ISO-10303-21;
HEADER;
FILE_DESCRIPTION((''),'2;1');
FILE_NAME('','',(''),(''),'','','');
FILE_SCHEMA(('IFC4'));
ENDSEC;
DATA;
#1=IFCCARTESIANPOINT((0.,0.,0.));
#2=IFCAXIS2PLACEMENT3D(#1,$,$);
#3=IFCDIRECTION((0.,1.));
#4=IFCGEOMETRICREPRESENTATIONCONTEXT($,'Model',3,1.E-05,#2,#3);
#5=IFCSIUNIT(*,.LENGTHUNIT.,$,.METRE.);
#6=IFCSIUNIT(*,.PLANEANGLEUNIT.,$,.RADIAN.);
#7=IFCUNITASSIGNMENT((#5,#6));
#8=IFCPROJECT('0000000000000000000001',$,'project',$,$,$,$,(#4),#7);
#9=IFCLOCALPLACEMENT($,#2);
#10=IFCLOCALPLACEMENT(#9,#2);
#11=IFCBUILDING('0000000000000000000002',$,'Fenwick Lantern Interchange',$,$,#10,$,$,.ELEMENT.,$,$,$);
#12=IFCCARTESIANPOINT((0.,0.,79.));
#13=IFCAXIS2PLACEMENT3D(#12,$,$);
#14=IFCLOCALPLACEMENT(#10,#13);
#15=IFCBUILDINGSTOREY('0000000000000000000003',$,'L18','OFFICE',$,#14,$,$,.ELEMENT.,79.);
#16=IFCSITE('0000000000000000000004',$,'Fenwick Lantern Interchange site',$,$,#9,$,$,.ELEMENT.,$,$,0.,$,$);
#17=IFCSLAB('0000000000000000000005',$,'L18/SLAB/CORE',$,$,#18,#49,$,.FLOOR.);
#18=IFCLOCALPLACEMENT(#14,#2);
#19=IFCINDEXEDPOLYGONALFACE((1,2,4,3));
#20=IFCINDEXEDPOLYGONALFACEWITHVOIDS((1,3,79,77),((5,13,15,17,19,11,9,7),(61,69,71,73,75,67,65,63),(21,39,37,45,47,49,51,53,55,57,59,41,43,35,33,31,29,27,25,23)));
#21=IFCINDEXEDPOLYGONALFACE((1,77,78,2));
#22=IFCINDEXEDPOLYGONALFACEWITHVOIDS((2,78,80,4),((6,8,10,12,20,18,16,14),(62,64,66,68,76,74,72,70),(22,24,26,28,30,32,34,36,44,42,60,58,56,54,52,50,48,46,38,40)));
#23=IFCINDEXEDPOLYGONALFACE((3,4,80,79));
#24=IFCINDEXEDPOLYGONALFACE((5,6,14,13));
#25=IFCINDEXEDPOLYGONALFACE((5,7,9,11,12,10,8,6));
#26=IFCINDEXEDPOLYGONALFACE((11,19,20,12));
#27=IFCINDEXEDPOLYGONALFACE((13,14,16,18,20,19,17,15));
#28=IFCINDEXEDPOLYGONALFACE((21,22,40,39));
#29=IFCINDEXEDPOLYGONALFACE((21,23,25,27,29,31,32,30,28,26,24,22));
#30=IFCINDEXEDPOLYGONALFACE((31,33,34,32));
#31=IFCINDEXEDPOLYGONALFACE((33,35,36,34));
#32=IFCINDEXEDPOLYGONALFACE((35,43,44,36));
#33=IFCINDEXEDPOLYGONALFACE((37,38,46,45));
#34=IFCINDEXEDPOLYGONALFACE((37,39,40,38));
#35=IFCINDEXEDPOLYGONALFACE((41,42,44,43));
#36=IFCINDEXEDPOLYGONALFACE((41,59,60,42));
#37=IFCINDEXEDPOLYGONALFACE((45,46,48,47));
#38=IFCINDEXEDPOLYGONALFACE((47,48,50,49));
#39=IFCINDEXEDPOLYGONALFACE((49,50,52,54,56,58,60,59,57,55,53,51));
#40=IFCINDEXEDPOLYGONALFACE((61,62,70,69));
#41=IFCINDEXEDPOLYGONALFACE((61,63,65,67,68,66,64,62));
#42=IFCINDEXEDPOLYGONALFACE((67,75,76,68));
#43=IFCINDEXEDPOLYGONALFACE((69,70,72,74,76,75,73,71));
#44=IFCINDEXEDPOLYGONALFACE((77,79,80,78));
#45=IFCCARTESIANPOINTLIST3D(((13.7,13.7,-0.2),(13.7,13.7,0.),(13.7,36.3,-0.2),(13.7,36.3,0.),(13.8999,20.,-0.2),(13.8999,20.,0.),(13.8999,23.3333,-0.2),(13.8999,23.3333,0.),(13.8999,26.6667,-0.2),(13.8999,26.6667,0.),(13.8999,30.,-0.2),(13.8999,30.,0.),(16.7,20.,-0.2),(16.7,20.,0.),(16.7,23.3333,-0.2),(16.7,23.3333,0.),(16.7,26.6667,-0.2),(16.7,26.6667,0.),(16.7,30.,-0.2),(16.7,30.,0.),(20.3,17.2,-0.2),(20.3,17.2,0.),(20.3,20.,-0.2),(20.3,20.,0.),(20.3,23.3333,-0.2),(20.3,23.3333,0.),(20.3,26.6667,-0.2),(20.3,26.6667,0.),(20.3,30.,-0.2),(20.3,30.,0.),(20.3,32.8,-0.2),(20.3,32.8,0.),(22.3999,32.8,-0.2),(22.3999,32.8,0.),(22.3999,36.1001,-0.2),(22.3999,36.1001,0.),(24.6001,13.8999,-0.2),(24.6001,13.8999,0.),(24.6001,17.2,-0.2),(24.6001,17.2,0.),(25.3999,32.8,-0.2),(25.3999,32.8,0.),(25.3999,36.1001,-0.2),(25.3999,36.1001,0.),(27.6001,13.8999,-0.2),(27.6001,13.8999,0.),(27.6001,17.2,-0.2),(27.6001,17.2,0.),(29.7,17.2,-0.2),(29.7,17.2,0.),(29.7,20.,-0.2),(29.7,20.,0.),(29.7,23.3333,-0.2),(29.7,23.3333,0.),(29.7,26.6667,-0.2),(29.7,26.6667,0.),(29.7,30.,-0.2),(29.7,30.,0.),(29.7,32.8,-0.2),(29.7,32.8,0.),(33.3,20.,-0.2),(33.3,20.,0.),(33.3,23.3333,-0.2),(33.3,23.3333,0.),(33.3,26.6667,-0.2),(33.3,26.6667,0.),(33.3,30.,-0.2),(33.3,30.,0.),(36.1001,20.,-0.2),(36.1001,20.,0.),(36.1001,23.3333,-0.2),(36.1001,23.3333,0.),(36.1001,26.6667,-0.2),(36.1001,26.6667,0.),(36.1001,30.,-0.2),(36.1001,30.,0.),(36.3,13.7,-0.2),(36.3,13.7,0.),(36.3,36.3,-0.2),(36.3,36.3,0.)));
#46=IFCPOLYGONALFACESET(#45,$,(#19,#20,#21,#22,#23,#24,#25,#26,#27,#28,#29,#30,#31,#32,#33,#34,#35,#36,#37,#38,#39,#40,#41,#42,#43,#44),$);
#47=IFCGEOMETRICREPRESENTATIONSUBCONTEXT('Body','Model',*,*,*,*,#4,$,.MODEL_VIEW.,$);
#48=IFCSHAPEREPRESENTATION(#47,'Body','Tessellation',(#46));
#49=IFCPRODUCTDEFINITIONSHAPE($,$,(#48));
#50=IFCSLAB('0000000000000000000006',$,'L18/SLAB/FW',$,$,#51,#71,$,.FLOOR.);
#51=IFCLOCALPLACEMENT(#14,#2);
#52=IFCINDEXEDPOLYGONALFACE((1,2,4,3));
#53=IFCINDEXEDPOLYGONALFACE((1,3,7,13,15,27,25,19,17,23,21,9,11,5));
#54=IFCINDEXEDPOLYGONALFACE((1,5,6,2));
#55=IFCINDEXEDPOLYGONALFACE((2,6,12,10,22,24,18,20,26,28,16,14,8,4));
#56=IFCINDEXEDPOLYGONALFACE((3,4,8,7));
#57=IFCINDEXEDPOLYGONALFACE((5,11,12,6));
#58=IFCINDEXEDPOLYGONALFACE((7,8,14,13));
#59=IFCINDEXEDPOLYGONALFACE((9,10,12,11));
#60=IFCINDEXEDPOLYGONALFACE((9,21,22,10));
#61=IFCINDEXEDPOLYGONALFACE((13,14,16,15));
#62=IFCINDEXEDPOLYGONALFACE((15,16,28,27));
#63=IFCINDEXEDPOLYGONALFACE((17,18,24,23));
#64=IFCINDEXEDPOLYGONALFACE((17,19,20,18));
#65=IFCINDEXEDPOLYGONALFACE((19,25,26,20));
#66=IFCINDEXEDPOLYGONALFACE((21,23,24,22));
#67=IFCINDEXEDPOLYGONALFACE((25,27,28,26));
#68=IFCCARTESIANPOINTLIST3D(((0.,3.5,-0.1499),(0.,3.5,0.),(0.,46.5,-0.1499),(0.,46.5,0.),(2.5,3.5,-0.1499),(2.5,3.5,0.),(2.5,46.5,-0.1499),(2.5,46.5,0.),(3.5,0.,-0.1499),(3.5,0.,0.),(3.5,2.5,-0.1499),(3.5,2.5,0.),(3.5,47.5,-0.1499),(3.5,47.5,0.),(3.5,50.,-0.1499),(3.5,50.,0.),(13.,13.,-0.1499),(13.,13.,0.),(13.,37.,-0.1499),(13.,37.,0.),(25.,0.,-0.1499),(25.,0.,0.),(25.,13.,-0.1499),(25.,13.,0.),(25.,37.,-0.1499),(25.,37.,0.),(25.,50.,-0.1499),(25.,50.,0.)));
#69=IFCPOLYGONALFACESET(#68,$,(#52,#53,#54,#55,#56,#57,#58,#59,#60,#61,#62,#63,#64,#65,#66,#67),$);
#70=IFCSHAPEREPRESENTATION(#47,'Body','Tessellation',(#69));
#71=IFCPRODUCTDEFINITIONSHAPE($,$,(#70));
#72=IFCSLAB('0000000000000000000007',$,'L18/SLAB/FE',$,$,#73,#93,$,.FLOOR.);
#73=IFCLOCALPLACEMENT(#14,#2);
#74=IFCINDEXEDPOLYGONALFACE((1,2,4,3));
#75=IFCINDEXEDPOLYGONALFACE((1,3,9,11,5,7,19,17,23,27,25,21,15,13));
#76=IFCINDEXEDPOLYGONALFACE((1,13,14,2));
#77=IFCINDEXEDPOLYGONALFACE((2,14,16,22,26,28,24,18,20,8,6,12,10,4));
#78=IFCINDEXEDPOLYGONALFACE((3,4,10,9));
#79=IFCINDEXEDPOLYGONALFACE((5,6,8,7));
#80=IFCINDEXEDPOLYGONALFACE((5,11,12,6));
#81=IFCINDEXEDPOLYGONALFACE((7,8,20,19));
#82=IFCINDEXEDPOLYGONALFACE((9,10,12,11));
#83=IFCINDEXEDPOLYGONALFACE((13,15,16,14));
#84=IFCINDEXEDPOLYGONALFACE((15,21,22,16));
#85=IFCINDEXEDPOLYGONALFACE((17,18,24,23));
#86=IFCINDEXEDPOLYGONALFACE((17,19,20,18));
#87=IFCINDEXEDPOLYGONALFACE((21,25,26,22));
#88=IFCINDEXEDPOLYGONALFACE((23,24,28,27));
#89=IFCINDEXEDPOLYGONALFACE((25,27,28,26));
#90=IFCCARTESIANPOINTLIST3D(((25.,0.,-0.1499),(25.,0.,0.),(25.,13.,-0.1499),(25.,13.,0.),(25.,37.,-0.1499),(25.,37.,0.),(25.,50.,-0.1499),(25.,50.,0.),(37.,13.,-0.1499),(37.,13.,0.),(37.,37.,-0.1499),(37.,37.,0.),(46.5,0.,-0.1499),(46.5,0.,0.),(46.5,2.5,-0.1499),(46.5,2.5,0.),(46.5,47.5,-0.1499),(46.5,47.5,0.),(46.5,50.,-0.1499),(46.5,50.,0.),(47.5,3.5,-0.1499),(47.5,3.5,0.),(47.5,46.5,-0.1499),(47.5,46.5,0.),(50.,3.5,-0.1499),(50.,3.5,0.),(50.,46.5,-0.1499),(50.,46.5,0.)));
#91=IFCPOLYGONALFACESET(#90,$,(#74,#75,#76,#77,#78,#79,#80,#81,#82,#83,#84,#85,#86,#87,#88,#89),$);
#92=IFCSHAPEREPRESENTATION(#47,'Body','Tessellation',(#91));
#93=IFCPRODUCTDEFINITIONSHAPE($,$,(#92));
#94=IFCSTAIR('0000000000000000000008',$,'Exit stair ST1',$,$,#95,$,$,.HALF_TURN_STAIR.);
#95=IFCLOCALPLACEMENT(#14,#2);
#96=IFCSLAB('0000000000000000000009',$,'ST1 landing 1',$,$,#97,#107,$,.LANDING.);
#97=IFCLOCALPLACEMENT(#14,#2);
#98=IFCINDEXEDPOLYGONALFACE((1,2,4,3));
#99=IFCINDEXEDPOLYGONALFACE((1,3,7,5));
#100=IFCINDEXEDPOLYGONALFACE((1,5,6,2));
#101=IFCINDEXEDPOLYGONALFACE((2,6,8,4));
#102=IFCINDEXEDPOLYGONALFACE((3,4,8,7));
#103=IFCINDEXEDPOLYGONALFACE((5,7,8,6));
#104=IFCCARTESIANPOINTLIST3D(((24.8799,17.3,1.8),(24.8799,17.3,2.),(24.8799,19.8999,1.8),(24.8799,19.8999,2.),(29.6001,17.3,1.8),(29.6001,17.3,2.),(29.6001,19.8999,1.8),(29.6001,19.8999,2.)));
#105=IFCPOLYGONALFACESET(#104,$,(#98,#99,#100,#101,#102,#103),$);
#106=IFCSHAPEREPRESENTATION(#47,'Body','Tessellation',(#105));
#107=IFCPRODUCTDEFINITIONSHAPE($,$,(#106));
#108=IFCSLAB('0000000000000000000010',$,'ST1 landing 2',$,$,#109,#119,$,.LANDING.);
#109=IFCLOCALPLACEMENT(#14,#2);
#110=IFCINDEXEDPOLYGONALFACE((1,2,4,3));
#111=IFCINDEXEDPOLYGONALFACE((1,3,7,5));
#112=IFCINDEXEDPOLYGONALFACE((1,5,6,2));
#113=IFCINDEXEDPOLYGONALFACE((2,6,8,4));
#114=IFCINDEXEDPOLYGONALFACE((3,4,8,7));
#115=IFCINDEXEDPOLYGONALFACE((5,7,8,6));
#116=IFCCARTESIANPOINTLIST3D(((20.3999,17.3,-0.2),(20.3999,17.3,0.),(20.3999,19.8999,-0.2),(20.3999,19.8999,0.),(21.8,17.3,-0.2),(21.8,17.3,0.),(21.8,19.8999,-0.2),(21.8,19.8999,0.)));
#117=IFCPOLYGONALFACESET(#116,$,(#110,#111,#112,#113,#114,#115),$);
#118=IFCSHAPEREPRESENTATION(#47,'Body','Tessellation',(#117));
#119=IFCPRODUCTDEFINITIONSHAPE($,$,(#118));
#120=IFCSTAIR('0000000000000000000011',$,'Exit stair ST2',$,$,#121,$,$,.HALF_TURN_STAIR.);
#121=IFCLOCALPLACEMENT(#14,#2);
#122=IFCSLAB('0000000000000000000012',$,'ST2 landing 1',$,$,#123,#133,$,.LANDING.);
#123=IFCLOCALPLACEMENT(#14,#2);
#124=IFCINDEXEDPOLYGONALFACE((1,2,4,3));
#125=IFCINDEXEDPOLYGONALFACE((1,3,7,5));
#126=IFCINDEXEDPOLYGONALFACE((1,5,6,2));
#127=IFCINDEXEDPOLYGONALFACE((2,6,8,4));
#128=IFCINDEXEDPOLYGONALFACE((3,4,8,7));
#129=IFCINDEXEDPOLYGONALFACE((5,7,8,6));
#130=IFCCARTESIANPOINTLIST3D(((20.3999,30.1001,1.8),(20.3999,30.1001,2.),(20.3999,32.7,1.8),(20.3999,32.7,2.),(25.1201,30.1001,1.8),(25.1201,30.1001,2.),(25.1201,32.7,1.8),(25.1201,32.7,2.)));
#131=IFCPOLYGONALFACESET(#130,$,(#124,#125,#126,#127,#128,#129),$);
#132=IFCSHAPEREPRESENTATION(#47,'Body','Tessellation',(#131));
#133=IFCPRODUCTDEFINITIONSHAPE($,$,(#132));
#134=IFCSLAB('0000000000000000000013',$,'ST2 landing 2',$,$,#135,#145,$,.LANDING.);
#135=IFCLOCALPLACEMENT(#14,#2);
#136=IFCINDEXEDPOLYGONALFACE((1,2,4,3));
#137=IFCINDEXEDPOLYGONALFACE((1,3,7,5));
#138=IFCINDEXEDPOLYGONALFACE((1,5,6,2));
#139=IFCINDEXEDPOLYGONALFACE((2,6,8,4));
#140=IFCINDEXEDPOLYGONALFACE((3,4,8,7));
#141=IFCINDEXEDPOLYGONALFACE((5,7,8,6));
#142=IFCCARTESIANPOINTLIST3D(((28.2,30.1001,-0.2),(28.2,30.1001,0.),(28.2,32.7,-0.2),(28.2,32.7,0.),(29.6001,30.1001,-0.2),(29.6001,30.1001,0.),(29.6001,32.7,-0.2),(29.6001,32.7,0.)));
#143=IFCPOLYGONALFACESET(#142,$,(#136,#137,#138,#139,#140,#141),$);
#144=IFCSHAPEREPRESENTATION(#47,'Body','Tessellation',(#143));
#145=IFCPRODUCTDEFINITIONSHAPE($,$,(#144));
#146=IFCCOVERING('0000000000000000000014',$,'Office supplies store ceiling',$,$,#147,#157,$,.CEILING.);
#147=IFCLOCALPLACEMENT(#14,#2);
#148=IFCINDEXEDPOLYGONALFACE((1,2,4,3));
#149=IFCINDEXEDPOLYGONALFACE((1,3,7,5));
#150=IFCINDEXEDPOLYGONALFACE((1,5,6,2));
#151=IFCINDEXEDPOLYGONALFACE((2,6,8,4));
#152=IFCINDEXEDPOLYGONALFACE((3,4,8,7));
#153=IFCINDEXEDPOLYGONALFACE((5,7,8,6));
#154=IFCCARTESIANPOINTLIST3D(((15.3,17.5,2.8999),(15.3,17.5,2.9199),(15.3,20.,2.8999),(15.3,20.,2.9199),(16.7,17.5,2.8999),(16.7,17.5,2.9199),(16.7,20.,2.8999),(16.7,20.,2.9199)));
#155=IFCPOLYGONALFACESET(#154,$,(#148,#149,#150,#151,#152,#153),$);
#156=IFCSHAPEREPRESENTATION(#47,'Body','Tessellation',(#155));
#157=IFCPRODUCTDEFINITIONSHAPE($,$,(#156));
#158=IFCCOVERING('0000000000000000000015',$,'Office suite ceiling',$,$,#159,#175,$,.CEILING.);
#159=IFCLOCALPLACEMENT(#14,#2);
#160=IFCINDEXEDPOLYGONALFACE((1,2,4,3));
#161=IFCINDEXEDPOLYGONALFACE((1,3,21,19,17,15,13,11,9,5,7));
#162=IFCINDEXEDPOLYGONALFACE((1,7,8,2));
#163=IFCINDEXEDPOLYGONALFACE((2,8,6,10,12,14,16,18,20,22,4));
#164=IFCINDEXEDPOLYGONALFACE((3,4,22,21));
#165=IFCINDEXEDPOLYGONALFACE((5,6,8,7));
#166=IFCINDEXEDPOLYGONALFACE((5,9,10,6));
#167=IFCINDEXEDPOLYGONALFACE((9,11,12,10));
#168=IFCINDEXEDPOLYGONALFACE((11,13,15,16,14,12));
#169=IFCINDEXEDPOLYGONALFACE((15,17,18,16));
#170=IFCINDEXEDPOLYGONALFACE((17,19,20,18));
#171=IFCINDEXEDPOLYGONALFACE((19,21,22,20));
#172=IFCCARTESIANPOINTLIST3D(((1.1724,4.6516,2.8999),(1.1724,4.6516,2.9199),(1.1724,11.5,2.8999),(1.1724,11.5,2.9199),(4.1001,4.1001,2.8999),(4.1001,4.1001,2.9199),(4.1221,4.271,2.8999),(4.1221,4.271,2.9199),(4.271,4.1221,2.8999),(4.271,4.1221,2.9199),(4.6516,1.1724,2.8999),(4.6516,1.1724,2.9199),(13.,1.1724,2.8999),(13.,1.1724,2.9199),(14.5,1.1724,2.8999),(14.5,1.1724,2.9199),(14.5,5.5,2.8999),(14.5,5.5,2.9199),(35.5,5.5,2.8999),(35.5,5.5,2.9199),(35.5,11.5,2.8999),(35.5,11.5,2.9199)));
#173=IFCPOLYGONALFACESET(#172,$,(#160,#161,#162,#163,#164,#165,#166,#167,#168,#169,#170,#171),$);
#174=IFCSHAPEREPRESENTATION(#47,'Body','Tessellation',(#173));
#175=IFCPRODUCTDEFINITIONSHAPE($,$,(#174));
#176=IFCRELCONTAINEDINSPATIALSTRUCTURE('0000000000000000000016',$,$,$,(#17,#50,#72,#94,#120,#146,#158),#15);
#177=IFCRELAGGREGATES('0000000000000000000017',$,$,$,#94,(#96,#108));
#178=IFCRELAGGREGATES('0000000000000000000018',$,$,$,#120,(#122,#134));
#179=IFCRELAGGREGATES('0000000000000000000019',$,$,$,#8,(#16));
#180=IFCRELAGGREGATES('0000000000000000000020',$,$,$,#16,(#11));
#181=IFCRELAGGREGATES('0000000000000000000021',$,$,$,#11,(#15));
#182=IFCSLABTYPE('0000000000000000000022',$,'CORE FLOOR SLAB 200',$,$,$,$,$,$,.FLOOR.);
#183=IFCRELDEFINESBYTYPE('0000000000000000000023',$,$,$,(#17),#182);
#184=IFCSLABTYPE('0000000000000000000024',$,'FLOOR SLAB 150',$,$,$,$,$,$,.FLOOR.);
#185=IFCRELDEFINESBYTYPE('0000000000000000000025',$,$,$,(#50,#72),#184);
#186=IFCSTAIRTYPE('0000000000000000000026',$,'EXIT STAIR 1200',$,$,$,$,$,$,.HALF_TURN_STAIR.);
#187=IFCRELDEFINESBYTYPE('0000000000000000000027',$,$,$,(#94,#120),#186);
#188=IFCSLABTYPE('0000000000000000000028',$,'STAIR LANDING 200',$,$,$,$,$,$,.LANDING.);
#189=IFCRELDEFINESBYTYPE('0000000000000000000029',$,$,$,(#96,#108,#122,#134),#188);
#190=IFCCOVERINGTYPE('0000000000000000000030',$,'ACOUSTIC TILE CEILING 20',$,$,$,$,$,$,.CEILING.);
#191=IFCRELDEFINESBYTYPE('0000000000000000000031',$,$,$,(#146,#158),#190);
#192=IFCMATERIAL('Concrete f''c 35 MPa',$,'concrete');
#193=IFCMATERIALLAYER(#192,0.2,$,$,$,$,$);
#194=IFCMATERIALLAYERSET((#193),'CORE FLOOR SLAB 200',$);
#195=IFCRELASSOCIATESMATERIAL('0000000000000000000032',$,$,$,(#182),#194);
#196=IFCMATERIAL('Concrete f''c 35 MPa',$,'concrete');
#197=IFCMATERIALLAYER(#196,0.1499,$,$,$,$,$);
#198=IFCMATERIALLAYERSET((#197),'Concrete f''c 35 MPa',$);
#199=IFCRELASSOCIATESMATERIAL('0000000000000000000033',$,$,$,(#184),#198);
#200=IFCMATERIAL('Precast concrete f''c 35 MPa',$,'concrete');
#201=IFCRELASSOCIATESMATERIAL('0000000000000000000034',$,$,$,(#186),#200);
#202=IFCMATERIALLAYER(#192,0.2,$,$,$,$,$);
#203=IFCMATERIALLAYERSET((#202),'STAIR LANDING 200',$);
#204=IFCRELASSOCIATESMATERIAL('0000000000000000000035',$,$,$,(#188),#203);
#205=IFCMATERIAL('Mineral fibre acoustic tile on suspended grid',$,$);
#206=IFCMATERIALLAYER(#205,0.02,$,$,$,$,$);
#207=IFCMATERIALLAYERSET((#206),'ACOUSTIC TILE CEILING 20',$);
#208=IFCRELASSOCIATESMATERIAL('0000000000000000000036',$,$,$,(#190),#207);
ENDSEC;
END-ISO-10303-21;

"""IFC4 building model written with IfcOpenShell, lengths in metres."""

from ifc_helpers import new_model, si_unit, direction, frame, origin, place, context, subcontext, project, spatial, polyline, outline, extrude, material, layer, layer_set, type_object, element, aggregate, save


model = new_model("IFC4")

# Units and contexts
model_context = context("Model", 3, precision=1e-05, world=origin(), true_north=direction((0.0, 1.0)))
body_context = subcontext(model_context, "Body", "Model", "MODEL_VIEW")
ifc_project = project(units=[si_unit("LENGTHUNIT", "METRE"), si_unit("PLANEANGLEUNIT", "RADIAN")], contexts=[model_context])

# Site, building, storey
site_placement = place(None, origin())
site = spatial("IfcSite", under=ifc_project, at=site_placement, Name="Fenwick Lantern Interchange site", CompositionType="ELEMENT", RefElevation=0.0)
building_placement = place(site_placement, origin())
building = spatial("IfcBuilding", under=site, at=building_placement, Name="Fenwick Lantern Interchange", CompositionType="ELEMENT")
storey_placement = place(building_placement, frame((0.0, 0.0, 79.0)))
storey = spatial("IfcBuildingStorey", under=building, at=storey_placement, Name="L18", Description="OFFICE", CompositionType="ELEMENT", Elevation=79.0)

# Slabs
ifc_material_1 = material(Name="Concrete f'c 35 MPa", Category="concrete")
ifc_layer_1 = layer(ifc_material_1, 0.2)
ifc_layer_set_1 = layer_set([ifc_layer_1], Name="CORE FLOOR SLAB 200")
slab_type_1 = type_object("IfcSlabType", Name="CORE FLOOR SLAB 200", PredefinedType="FLOOR", material=ifc_layer_set_1)
slab_1_placement = place(storey_placement, frame((0.0, 0.0, -0.2)))
element("IfcSlab", 1, at=slab_1_placement, inside=storey, type_object=slab_type_1, Name="L18/SLAB/CORE", PredefinedType="FLOOR", context=body_context, shape_type="SweptSolid", body=[
    extrude(outline(polyline([(13.7, 36.3), (36.3, 36.3), (36.3, 13.7), (13.7, 13.7), (13.7, 36.3)]), holes=[polyline([(13.8999, 20.0), (16.7, 20.0), (16.7, 23.3333), (16.7, 26.6667), (16.7, 30.0), (13.8999, 30.0), (13.8999, 26.6667), (13.8999, 23.3333), (13.8999, 20.0)]), polyline([(20.3, 20.0), (20.3, 17.2), (24.6001, 17.2), (24.6001, 13.8999), (27.6001, 13.8999), (27.6001, 17.2), (29.7, 17.2), (29.7, 20.0), (29.7, 23.3333), (29.7, 26.6667), (29.7, 30.0), (29.7, 32.8), (25.3999, 32.8), (25.3999, 36.1001), (22.3999, 36.1001), (22.3999, 32.8), (20.3, 32.8), (20.3, 30.0), (20.3, 26.6667), (20.3, 23.3333), (20.3, 20.0)]), polyline([(33.3, 23.3333), (33.3, 20.0), (36.1001, 20.0), (36.1001, 23.3333), (36.1001, 26.6667), (36.1001, 30.0), (33.3, 30.0), (33.3, 26.6667), (33.3, 23.3333)])]), origin(), (0.0, 0.0, 1.0), 0.2),
])
ifc_material_2 = material(Name="Concrete f'c 35 MPa", Category="concrete")
ifc_layer_2 = layer(ifc_material_2, 0.1499)
ifc_layer_set_2 = layer_set([ifc_layer_2], Name="Concrete f'c 35 MPa")
slab_type_2 = type_object("IfcSlabType", Name="FLOOR SLAB 150", PredefinedType="FLOOR", material=ifc_layer_set_2)
slab_2_placement = place(storey_placement, frame((0.0, 0.0, -0.1499)))
element("IfcSlab", 2, at=slab_2_placement, inside=storey, type_object=slab_type_2, Name="L18/SLAB/FW", PredefinedType="FLOOR", context=body_context, shape_type="SweptSolid", body=[
    extrude(outline(polyline([(3.5, 0.0), (3.5, 2.5), (2.5, 3.5), (0.0, 3.5), (0.0, 46.5), (2.5, 46.5), (3.5, 47.5), (3.5, 50.0), (25.0, 50.0), (25.0, 37.0), (13.0, 37.0), (13.0, 13.0), (25.0, 13.0), (25.0, 0.0), (3.5, 0.0)])), origin(), (0.0, 0.0, 1.0), 0.1499),
])
slab_3_placement = place(storey_placement, frame((0.0, 0.0, -0.1499)))
element("IfcSlab", 3, at=slab_3_placement, inside=storey, type_object=slab_type_2, Name="L18/SLAB/FE", PredefinedType="FLOOR", context=body_context, shape_type="SweptSolid", body=[
    extrude(outline(polyline([(46.5, 50.0), (46.5, 47.5), (47.5, 46.5), (50.0, 46.5), (50.0, 3.5), (47.5, 3.5), (46.5, 2.5), (46.5, 0.0), (25.0, 0.0), (25.0, 13.0), (37.0, 13.0), (37.0, 37.0), (25.0, 37.0), (25.0, 50.0), (46.5, 50.0)])), origin(), (0.0, 0.0, 1.0), 0.1499),
])

# Stairs, slabs
ifc_material_3 = material(Name="Precast concrete f'c 35 MPa", Category="concrete")
stair_type = type_object("IfcStairType", Name="EXIT STAIR 1200", PredefinedType="HALF_TURN_STAIR", material=ifc_material_3)
stair_1_placement = place(storey_placement, origin())
stair_1 = element("IfcStair", 4, at=stair_1_placement, inside=storey, type_object=stair_type, Name="Exit stair ST1", PredefinedType="HALF_TURN_STAIR")
ifc_layer_3 = layer(ifc_material_1, 0.2)
ifc_layer_set_3 = layer_set([ifc_layer_3], Name="STAIR LANDING 200")
slab_type_3 = type_object("IfcSlabType", Name="STAIR LANDING 200", PredefinedType="LANDING", material=ifc_layer_set_3)
slab_4_placement = place(storey_placement, frame((0.0, 0.0, 1.8)))
slab_4 = element("IfcSlab", 5, at=slab_4_placement, type_object=slab_type_3, Name="ST1 landing 1", PredefinedType="LANDING", context=body_context, shape_type="SweptSolid", body=[
    extrude(outline(polyline([(24.8799, 17.3), (29.6001, 17.3), (29.6001, 19.8999), (24.8799, 19.8999), (24.8799, 17.3)])), origin(), (0.0, 0.0, 1.0), 0.2),
])
slab_5_placement = place(storey_placement, frame((0.0, 0.0, -0.2)))
slab_5 = element("IfcSlab", 6, at=slab_5_placement, type_object=slab_type_3, Name="ST1 landing 2", PredefinedType="LANDING", context=body_context, shape_type="SweptSolid", body=[
    extrude(outline(polyline([(20.3999, 17.3), (21.8, 17.3), (21.8, 19.8999), (20.3999, 19.8999), (20.3999, 17.3)])), origin(), (0.0, 0.0, 1.0), 0.2),
])
aggregate(stair_1, [slab_4, slab_5])
stair_2_placement = place(storey_placement, origin())
stair_2 = element("IfcStair", 7, at=stair_2_placement, inside=storey, type_object=stair_type, Name="Exit stair ST2", PredefinedType="HALF_TURN_STAIR")
slab_6_placement = place(storey_placement, frame((0.0, 0.0, 1.8)))
slab_6 = element("IfcSlab", 8, at=slab_6_placement, type_object=slab_type_3, Name="ST2 landing 1", PredefinedType="LANDING", context=body_context, shape_type="SweptSolid", body=[
    extrude(outline(polyline([(25.1201, 32.7), (20.3999, 32.7), (20.3999, 30.1001), (25.1201, 30.1001), (25.1201, 32.7)])), origin(), (0.0, 0.0, 1.0), 0.2),
])
slab_7_placement = place(storey_placement, frame((0.0, 0.0, -0.2)))
slab_7 = element("IfcSlab", 9, at=slab_7_placement, type_object=slab_type_3, Name="ST2 landing 2", PredefinedType="LANDING", context=body_context, shape_type="SweptSolid", body=[
    extrude(outline(polyline([(29.6001, 32.7), (28.2, 32.7), (28.2, 30.1001), (29.6001, 30.1001), (29.6001, 32.7)])), origin(), (0.0, 0.0, 1.0), 0.2),
])
aggregate(stair_2, [slab_6, slab_7])

# Coverings
ifc_material_4 = material(Name="Mineral fibre acoustic tile on suspended grid")
ifc_layer_4 = layer(ifc_material_4, 0.02)
ifc_layer_set_4 = layer_set([ifc_layer_4], Name="ACOUSTIC TILE CEILING 20")
covering_type_1 = type_object("IfcCoveringType", Name="ACOUSTIC TILE CEILING 20", PredefinedType="CEILING", material=ifc_layer_set_4)
covering_1_placement = place(storey_placement, frame((0.0, 0.0, 2.8999)))
element("IfcCovering", 10, at=covering_1_placement, inside=storey, type_object=covering_type_1, Name="Office supplies store ceiling", PredefinedType="CEILING", context=body_context, shape_type="SweptSolid", body=[
    extrude(outline(polyline([(15.3, 17.5), (16.7, 17.5), (16.7, 20.0), (15.3, 20.0), (15.3, 17.5)])), origin(), (0.0, 0.0, 1.0), 0.02),
])
covering_2_placement = place(storey_placement, frame((0.0, 0.0, 2.8999)))
element("IfcCovering", 11, at=covering_2_placement, inside=storey, type_object=covering_type_1, Name="Office suite ceiling", PredefinedType="CEILING", context=body_context, shape_type="SweptSolid", body=[
    extrude(outline(polyline([(35.5, 11.5), (1.1724, 11.5), (1.1724, 4.6516), (4.1221, 4.271), (4.1001, 4.1001), (4.271, 4.1221), (4.6516, 1.1724), (13.0, 1.1724), (14.5, 1.1724), (14.5, 5.5), (35.5, 5.5), (35.5, 11.5)])), origin(), (0.0, 0.0, 1.0), 0.02),
])

save(model, "model.ifc")
